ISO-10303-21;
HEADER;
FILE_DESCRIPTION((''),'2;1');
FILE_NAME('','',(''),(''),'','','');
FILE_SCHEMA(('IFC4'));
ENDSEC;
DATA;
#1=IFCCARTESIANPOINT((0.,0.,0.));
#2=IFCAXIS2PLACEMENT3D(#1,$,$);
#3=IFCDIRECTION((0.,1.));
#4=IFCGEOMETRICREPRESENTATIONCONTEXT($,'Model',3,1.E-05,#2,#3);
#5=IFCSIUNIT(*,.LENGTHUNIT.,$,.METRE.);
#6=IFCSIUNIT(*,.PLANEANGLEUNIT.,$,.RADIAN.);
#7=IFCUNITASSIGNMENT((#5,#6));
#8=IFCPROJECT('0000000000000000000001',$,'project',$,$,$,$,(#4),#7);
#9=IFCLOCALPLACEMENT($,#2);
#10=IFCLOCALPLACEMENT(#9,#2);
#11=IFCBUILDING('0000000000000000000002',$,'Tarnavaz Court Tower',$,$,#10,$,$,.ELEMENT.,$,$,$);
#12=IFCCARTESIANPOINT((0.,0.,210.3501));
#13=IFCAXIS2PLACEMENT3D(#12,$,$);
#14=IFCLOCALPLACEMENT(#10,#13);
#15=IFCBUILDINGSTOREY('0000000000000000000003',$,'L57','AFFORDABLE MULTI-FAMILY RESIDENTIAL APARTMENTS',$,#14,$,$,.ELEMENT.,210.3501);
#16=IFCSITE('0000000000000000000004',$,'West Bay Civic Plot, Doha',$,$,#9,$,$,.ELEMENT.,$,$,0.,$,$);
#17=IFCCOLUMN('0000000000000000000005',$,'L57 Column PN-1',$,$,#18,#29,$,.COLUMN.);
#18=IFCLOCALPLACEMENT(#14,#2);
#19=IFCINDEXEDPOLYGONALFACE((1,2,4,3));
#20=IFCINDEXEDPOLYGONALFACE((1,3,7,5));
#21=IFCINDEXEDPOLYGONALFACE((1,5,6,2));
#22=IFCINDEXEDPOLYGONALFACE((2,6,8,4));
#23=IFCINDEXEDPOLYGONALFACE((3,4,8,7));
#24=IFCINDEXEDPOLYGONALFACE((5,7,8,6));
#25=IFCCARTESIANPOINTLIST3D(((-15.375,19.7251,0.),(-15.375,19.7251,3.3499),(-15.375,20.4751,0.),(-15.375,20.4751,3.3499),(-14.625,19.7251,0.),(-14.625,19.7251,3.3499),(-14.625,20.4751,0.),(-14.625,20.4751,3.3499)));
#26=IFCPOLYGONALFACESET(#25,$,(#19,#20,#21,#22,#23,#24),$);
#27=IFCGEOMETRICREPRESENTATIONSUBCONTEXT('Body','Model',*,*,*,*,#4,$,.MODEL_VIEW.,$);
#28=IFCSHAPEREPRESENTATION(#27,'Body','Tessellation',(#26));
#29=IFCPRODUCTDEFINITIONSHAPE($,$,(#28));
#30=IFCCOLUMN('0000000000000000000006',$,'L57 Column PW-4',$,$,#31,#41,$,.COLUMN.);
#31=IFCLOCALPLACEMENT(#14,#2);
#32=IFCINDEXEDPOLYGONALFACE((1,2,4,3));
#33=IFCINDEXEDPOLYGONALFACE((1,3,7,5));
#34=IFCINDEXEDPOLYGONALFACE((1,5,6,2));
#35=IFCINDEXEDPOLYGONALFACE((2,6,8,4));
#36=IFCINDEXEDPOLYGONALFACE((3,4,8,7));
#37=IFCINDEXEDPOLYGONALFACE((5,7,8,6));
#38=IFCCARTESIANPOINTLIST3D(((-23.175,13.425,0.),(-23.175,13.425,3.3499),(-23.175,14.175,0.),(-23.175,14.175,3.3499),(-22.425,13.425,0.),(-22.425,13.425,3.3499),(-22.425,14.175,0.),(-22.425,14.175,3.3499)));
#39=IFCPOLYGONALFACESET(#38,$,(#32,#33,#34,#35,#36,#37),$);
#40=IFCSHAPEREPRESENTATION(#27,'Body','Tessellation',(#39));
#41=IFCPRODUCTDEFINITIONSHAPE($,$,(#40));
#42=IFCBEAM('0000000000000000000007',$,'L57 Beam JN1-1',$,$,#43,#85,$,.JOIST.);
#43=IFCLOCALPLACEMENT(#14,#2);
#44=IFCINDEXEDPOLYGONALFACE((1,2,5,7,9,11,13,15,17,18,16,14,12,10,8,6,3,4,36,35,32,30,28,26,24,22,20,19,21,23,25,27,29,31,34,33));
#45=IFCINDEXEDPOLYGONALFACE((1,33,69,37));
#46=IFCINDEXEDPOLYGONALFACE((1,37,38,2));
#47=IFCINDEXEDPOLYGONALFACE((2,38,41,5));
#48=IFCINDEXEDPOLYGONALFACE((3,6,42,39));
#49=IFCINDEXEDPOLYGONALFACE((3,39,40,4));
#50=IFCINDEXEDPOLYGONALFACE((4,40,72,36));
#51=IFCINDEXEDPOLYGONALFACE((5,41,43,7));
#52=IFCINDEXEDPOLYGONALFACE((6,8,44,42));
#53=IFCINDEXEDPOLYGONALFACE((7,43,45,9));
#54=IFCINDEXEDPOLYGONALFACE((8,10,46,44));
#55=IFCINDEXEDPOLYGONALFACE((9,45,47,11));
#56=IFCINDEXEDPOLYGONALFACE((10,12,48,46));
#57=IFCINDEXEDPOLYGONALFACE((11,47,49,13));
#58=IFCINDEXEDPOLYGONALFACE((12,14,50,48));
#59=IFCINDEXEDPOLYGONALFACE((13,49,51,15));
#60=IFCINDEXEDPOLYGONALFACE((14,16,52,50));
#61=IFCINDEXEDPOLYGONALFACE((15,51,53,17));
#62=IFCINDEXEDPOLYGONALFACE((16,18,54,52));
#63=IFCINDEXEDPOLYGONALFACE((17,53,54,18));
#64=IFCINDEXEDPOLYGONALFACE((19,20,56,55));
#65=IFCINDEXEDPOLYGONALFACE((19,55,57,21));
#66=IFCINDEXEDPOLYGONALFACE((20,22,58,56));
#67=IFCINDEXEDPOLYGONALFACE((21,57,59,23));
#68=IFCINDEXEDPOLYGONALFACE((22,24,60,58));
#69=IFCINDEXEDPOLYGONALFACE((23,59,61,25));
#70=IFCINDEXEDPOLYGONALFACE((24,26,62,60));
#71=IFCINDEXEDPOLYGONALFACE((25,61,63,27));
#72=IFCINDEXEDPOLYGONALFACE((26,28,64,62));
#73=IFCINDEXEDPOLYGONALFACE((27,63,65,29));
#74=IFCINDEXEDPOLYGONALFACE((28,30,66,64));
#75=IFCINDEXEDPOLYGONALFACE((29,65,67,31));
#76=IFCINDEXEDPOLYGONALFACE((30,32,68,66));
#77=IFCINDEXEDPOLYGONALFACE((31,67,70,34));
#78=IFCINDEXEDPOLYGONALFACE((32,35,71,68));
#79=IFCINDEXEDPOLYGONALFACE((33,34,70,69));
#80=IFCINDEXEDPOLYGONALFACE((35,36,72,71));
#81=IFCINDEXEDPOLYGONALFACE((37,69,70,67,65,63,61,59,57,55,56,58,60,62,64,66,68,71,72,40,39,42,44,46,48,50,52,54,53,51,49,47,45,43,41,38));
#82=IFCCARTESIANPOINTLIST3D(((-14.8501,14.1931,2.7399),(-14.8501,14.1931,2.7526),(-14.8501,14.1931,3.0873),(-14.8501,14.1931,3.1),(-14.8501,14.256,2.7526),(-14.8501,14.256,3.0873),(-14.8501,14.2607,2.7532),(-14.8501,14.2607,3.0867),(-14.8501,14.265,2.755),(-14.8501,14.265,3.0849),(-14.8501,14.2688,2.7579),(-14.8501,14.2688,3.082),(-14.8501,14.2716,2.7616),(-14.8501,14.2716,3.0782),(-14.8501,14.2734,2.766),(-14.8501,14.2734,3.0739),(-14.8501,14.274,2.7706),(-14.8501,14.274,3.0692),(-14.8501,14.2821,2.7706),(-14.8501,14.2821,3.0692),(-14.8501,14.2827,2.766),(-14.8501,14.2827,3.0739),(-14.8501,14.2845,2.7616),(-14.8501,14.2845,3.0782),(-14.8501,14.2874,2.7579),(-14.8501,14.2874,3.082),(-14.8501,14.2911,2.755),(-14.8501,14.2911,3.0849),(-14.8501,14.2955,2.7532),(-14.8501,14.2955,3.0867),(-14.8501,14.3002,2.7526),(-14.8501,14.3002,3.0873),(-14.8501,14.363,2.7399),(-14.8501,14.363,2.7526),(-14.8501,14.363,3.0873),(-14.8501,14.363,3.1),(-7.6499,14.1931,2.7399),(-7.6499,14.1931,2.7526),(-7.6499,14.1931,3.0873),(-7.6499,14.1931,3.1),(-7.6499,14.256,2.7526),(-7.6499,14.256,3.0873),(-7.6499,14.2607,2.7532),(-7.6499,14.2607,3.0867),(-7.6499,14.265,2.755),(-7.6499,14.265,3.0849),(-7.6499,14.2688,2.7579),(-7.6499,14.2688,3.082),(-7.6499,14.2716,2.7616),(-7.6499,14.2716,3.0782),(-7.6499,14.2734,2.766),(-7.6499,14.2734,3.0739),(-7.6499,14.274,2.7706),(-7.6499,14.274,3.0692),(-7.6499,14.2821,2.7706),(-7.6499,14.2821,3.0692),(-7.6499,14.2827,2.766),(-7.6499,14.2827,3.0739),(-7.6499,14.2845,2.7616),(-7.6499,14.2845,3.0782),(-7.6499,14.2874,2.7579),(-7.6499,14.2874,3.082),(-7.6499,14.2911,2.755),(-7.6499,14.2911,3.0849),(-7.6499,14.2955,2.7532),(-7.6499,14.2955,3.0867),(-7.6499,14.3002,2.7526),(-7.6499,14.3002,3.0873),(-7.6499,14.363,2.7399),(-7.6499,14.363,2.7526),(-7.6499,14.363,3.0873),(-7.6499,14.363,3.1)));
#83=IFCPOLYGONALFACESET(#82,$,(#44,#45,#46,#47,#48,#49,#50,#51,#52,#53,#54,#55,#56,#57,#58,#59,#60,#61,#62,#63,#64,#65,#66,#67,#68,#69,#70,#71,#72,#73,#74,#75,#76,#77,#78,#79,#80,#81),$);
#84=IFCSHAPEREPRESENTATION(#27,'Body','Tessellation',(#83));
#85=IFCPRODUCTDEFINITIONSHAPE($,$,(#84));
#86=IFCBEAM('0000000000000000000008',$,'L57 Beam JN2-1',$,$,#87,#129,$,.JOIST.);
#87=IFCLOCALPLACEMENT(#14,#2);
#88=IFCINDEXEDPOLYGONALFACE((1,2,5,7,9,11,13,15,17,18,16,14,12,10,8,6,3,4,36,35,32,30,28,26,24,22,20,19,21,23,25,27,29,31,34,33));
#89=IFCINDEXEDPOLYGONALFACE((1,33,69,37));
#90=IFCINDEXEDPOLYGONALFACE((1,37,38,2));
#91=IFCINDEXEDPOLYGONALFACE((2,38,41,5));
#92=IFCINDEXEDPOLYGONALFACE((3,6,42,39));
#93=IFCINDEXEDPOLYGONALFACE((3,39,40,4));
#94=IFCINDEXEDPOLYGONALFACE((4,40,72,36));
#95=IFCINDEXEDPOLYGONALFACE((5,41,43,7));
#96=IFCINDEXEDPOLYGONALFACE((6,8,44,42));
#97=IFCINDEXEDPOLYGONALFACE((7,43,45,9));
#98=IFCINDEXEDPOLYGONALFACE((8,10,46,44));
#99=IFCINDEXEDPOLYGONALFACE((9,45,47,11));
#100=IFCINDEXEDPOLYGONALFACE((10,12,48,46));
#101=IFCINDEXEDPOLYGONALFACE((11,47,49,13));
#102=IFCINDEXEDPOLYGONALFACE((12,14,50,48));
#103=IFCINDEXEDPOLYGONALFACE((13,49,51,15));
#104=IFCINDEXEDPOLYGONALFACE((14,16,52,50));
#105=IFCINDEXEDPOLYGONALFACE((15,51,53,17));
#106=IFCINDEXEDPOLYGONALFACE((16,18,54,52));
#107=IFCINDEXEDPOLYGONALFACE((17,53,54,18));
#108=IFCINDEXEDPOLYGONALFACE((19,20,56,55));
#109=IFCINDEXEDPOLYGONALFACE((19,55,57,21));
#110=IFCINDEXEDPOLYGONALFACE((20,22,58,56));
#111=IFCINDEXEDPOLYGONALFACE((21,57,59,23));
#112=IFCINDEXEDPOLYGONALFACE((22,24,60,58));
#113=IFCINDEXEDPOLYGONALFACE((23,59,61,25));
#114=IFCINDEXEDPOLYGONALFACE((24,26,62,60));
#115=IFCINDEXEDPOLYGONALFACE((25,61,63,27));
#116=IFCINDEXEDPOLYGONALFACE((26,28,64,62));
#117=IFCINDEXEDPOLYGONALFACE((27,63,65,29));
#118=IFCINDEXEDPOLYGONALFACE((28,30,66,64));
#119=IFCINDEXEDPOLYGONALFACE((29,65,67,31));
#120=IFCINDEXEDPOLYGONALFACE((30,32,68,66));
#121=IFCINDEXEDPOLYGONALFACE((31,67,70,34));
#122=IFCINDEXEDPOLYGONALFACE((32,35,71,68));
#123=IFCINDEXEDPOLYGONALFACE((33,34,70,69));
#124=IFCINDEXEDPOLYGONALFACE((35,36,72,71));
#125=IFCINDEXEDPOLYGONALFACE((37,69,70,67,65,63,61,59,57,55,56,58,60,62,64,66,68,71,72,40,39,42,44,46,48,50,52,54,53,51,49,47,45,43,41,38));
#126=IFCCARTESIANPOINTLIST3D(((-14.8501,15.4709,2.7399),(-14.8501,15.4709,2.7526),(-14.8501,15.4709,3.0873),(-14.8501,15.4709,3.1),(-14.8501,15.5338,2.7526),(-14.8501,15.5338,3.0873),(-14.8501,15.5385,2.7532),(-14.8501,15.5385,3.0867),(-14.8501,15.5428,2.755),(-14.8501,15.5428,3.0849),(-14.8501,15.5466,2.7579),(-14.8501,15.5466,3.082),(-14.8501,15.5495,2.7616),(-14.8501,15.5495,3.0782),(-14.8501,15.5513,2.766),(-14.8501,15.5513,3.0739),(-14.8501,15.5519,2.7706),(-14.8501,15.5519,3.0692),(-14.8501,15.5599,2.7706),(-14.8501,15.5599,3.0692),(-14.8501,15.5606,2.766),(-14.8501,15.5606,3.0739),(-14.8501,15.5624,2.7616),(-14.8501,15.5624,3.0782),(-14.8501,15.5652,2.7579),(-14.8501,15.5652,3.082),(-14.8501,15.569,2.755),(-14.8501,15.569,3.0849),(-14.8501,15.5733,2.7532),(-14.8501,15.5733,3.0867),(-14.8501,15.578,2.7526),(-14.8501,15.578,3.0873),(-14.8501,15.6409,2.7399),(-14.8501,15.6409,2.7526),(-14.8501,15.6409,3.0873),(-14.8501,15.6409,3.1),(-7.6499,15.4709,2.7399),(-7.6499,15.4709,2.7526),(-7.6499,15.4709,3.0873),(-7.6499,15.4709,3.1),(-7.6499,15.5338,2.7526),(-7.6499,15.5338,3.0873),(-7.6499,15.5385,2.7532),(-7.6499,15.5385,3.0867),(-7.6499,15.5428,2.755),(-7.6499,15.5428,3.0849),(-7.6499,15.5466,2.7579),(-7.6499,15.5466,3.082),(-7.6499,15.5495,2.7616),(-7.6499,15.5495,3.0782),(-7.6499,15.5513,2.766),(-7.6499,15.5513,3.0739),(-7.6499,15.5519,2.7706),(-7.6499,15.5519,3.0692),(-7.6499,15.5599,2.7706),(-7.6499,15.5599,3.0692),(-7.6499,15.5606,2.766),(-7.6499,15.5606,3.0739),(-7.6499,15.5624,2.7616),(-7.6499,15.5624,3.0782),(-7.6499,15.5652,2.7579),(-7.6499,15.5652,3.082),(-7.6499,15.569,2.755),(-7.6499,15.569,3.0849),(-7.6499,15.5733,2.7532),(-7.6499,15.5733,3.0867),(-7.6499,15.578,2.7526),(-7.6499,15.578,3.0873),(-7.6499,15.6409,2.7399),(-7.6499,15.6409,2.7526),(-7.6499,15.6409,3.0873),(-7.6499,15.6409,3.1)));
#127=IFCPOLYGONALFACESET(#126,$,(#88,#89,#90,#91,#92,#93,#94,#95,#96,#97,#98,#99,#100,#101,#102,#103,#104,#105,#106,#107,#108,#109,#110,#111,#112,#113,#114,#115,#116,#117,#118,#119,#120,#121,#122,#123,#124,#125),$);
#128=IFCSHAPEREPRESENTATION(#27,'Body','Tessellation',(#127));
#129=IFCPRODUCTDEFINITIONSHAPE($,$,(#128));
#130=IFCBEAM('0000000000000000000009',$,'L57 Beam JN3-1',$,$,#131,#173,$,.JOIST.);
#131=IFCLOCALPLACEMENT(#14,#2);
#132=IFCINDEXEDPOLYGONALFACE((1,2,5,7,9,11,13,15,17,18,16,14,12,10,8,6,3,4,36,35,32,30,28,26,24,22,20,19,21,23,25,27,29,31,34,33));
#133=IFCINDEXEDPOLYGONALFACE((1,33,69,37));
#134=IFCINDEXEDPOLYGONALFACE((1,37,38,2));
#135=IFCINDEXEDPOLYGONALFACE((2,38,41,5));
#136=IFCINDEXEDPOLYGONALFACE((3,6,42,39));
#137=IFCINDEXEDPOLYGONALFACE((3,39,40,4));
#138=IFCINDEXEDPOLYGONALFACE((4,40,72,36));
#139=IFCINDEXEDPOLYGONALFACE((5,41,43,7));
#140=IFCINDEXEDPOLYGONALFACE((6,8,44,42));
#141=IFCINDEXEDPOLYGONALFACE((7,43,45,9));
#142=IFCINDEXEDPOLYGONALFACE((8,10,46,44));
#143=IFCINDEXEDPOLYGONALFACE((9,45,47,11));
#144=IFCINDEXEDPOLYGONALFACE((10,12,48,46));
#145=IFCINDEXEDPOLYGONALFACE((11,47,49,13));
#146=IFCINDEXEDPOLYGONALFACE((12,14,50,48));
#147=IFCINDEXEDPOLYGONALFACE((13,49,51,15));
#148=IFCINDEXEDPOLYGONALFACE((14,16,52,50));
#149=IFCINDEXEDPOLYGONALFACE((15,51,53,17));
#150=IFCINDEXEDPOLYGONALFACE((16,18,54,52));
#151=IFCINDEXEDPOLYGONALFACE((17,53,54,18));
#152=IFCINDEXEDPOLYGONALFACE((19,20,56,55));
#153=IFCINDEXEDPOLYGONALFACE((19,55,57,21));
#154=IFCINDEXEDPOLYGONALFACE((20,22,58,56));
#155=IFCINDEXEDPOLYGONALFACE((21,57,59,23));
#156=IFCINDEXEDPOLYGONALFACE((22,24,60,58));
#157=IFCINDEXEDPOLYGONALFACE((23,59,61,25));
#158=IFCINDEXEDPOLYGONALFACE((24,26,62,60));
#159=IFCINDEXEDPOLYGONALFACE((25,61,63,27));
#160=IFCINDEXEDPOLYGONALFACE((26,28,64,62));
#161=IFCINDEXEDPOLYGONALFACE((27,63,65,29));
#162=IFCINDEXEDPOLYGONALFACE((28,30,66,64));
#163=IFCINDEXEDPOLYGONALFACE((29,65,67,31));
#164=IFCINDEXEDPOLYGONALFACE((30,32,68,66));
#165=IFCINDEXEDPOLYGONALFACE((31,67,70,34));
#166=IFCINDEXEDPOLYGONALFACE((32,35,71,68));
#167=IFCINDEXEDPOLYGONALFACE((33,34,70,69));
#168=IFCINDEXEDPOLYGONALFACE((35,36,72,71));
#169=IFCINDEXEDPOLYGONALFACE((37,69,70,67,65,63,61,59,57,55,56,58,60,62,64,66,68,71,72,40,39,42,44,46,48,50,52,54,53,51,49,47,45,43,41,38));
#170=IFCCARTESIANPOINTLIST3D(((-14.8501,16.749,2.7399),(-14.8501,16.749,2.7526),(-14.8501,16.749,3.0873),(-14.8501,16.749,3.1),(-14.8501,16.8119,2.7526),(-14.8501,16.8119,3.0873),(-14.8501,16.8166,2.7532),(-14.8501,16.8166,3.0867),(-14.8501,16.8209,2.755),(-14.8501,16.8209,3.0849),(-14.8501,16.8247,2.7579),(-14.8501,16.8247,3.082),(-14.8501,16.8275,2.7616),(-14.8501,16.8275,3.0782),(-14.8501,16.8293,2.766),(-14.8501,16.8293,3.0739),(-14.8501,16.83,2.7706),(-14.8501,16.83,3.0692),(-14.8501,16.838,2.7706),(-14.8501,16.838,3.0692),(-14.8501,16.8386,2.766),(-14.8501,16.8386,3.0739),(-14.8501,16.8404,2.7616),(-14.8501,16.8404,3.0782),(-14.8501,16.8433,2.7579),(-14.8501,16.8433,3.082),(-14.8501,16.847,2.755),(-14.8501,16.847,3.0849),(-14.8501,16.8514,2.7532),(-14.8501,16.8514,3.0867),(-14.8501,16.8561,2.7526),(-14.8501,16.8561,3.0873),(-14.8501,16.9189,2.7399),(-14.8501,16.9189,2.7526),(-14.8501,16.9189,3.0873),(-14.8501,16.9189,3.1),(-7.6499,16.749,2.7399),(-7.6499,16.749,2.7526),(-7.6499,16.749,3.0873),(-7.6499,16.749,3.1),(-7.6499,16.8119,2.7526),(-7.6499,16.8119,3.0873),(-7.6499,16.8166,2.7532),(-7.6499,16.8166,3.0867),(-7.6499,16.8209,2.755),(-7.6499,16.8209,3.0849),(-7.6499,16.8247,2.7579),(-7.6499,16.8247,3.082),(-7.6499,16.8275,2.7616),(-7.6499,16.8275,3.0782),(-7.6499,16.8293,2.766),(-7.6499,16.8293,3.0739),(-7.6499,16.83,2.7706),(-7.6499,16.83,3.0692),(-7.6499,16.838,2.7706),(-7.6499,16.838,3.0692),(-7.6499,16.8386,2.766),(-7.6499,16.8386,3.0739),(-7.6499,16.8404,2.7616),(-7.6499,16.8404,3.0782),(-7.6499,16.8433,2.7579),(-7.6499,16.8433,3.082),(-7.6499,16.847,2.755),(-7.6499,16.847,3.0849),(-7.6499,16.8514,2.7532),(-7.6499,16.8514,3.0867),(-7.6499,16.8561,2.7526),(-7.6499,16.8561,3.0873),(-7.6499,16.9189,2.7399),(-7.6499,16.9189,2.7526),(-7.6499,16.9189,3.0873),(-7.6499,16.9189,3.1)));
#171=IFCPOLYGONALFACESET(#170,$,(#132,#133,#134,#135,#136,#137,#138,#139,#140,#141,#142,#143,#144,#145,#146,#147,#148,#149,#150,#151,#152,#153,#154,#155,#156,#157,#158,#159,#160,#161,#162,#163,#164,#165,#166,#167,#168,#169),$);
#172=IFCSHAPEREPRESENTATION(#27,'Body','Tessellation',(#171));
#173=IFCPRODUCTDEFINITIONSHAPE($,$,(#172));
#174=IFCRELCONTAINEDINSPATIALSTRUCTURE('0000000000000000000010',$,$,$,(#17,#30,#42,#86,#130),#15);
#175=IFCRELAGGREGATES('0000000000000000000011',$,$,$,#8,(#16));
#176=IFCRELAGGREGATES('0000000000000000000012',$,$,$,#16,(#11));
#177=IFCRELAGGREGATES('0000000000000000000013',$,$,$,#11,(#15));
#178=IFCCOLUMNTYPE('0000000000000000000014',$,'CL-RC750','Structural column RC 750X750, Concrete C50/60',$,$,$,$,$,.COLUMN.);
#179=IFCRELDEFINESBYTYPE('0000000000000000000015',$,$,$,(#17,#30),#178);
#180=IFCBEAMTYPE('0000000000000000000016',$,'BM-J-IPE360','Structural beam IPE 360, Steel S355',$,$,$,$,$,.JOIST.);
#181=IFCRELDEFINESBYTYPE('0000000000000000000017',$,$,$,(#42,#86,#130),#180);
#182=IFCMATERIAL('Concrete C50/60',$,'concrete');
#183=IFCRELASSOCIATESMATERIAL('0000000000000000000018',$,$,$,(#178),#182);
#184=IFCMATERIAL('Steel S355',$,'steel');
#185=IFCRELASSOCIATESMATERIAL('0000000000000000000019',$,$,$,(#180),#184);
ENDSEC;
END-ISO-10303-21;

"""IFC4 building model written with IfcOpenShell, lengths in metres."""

from ifc_helpers import new_model, si_unit, direction, frame, origin, origin_2d, place, context, subcontext, project, spatial, rectangle, i_section, extrude, material, material_profile, profile_set, type_object, element, save


model = new_model("IFC4")

# Units and contexts
model_context = context("Model", 3, precision=1e-05, world=origin(), true_north=direction((0.0, 1.0)))
body_context = subcontext(model_context, "Body", "Model", "MODEL_VIEW")
ifc_project = project(units=[si_unit("LENGTHUNIT", "METRE"), si_unit("PLANEANGLEUNIT", "RADIAN")], contexts=[model_context])

# Site, building, storey
site_placement = place(None, origin())
site = spatial("IfcSite", under=ifc_project, at=site_placement, Name="West Bay Civic Plot, Doha", CompositionType="ELEMENT", RefElevation=0.0)
building_placement = place(site_placement, origin())
building = spatial("IfcBuilding", under=site, at=building_placement, Name="Tarnavaz Court Tower", CompositionType="ELEMENT")
storey_placement = place(building_placement, frame((0.0, 0.0, 210.3501)))
storey = spatial("IfcBuildingStorey", under=building, at=storey_placement, Name="L57", Description="AFFORDABLE MULTI-FAMILY RESIDENTIAL APARTMENTS", CompositionType="ELEMENT", Elevation=210.3501)

# Columns
ifc_material_1 = material(Name="Concrete C50/60", Category="concrete")
ifc_material_profile_1 = material_profile(ifc_material_1, rectangle(XDim=0.75, YDim=0.75, at=origin_2d()), Name="RC 750X750")
ifc_profile_set_1 = profile_set([ifc_material_profile_1], Name="Concrete C50/60")
column_type = type_object("IfcColumnType", Name="CL-RC750", Description="Structural column RC 750X750, Concrete C50/60", PredefinedType="COLUMN", material=ifc_profile_set_1)
for number, where, z_axis, x_axis, name in (
    (1, (-15.0, 20.1001, 0.0), (0.0, 0.0, 1.0), (1.0, 0.0, 0.0), "L57 Column PN-1"),
    (2, (-22.8, 13.8, 0.0), (0.0, 0.0, 1.0), (1.0, 0.0, 0.0), "L57 Column PW-4"),
):
    element("IfcColumn", number, at=place(storey_placement, frame(where, z_axis=z_axis, x_axis=x_axis)), inside=storey, type_object=column_type, Name=name, PredefinedType="COLUMN", context=body_context, shape_type="SweptSolid", body=[
        extrude(rectangle(XDim=0.75, YDim=0.75, at=origin_2d()), origin(), (0.0, 0.0, 1.0), 3.3499),
    ])

# Beams
ifc_material_2 = material(Name="Steel S355", Category="steel")
ifc_material_profile_2 = material_profile(ifc_material_2, i_section(OverallWidth=0.1699, OverallDepth=0.3601, WebThickness=0.0081, FlangeThickness=0.0127, FilletRadius=0.0181, at=origin_2d()), Name="IPE 360")
ifc_profile_set_2 = profile_set([ifc_material_profile_2], Name="Steel S355")
beam_type_1 = type_object("IfcBeamType", Name="BM-J-IPE360", Description="Structural beam IPE 360, Steel S355", PredefinedType="JOIST", material=ifc_profile_set_2)
for number, where, z_axis, x_axis, name in (
    (3, (-14.8501, 14.2781, 2.9199), (1.0, 0.0, 0.0), (0.0, 1.0, 0.0), "L57 Beam JN1-1"),
    (4, (-14.8501, 15.5559, 2.9199), (1.0, 0.0, 0.0), (0.0, 1.0, 0.0), "L57 Beam JN2-1"),
    (5, (-14.8501, 16.834, 2.9199), (1.0, 0.0, 0.0), (0.0, 1.0, 0.0), "L57 Beam JN3-1"),
):
    element("IfcBeam", number, at=place(storey_placement, frame(where, z_axis=z_axis, x_axis=x_axis)), inside=storey, type_object=beam_type_1, Name=name, PredefinedType="JOIST", context=body_context, shape_type="SweptSolid", body=[
        extrude(i_section(OverallWidth=0.1699, OverallDepth=0.3601, WebThickness=0.0081, FlangeThickness=0.0127, FilletRadius=0.0181, at=origin_2d()), origin(), (0.0, 0.0, 1.0), 7.2002),
    ])

save(model, "model.ifc")
